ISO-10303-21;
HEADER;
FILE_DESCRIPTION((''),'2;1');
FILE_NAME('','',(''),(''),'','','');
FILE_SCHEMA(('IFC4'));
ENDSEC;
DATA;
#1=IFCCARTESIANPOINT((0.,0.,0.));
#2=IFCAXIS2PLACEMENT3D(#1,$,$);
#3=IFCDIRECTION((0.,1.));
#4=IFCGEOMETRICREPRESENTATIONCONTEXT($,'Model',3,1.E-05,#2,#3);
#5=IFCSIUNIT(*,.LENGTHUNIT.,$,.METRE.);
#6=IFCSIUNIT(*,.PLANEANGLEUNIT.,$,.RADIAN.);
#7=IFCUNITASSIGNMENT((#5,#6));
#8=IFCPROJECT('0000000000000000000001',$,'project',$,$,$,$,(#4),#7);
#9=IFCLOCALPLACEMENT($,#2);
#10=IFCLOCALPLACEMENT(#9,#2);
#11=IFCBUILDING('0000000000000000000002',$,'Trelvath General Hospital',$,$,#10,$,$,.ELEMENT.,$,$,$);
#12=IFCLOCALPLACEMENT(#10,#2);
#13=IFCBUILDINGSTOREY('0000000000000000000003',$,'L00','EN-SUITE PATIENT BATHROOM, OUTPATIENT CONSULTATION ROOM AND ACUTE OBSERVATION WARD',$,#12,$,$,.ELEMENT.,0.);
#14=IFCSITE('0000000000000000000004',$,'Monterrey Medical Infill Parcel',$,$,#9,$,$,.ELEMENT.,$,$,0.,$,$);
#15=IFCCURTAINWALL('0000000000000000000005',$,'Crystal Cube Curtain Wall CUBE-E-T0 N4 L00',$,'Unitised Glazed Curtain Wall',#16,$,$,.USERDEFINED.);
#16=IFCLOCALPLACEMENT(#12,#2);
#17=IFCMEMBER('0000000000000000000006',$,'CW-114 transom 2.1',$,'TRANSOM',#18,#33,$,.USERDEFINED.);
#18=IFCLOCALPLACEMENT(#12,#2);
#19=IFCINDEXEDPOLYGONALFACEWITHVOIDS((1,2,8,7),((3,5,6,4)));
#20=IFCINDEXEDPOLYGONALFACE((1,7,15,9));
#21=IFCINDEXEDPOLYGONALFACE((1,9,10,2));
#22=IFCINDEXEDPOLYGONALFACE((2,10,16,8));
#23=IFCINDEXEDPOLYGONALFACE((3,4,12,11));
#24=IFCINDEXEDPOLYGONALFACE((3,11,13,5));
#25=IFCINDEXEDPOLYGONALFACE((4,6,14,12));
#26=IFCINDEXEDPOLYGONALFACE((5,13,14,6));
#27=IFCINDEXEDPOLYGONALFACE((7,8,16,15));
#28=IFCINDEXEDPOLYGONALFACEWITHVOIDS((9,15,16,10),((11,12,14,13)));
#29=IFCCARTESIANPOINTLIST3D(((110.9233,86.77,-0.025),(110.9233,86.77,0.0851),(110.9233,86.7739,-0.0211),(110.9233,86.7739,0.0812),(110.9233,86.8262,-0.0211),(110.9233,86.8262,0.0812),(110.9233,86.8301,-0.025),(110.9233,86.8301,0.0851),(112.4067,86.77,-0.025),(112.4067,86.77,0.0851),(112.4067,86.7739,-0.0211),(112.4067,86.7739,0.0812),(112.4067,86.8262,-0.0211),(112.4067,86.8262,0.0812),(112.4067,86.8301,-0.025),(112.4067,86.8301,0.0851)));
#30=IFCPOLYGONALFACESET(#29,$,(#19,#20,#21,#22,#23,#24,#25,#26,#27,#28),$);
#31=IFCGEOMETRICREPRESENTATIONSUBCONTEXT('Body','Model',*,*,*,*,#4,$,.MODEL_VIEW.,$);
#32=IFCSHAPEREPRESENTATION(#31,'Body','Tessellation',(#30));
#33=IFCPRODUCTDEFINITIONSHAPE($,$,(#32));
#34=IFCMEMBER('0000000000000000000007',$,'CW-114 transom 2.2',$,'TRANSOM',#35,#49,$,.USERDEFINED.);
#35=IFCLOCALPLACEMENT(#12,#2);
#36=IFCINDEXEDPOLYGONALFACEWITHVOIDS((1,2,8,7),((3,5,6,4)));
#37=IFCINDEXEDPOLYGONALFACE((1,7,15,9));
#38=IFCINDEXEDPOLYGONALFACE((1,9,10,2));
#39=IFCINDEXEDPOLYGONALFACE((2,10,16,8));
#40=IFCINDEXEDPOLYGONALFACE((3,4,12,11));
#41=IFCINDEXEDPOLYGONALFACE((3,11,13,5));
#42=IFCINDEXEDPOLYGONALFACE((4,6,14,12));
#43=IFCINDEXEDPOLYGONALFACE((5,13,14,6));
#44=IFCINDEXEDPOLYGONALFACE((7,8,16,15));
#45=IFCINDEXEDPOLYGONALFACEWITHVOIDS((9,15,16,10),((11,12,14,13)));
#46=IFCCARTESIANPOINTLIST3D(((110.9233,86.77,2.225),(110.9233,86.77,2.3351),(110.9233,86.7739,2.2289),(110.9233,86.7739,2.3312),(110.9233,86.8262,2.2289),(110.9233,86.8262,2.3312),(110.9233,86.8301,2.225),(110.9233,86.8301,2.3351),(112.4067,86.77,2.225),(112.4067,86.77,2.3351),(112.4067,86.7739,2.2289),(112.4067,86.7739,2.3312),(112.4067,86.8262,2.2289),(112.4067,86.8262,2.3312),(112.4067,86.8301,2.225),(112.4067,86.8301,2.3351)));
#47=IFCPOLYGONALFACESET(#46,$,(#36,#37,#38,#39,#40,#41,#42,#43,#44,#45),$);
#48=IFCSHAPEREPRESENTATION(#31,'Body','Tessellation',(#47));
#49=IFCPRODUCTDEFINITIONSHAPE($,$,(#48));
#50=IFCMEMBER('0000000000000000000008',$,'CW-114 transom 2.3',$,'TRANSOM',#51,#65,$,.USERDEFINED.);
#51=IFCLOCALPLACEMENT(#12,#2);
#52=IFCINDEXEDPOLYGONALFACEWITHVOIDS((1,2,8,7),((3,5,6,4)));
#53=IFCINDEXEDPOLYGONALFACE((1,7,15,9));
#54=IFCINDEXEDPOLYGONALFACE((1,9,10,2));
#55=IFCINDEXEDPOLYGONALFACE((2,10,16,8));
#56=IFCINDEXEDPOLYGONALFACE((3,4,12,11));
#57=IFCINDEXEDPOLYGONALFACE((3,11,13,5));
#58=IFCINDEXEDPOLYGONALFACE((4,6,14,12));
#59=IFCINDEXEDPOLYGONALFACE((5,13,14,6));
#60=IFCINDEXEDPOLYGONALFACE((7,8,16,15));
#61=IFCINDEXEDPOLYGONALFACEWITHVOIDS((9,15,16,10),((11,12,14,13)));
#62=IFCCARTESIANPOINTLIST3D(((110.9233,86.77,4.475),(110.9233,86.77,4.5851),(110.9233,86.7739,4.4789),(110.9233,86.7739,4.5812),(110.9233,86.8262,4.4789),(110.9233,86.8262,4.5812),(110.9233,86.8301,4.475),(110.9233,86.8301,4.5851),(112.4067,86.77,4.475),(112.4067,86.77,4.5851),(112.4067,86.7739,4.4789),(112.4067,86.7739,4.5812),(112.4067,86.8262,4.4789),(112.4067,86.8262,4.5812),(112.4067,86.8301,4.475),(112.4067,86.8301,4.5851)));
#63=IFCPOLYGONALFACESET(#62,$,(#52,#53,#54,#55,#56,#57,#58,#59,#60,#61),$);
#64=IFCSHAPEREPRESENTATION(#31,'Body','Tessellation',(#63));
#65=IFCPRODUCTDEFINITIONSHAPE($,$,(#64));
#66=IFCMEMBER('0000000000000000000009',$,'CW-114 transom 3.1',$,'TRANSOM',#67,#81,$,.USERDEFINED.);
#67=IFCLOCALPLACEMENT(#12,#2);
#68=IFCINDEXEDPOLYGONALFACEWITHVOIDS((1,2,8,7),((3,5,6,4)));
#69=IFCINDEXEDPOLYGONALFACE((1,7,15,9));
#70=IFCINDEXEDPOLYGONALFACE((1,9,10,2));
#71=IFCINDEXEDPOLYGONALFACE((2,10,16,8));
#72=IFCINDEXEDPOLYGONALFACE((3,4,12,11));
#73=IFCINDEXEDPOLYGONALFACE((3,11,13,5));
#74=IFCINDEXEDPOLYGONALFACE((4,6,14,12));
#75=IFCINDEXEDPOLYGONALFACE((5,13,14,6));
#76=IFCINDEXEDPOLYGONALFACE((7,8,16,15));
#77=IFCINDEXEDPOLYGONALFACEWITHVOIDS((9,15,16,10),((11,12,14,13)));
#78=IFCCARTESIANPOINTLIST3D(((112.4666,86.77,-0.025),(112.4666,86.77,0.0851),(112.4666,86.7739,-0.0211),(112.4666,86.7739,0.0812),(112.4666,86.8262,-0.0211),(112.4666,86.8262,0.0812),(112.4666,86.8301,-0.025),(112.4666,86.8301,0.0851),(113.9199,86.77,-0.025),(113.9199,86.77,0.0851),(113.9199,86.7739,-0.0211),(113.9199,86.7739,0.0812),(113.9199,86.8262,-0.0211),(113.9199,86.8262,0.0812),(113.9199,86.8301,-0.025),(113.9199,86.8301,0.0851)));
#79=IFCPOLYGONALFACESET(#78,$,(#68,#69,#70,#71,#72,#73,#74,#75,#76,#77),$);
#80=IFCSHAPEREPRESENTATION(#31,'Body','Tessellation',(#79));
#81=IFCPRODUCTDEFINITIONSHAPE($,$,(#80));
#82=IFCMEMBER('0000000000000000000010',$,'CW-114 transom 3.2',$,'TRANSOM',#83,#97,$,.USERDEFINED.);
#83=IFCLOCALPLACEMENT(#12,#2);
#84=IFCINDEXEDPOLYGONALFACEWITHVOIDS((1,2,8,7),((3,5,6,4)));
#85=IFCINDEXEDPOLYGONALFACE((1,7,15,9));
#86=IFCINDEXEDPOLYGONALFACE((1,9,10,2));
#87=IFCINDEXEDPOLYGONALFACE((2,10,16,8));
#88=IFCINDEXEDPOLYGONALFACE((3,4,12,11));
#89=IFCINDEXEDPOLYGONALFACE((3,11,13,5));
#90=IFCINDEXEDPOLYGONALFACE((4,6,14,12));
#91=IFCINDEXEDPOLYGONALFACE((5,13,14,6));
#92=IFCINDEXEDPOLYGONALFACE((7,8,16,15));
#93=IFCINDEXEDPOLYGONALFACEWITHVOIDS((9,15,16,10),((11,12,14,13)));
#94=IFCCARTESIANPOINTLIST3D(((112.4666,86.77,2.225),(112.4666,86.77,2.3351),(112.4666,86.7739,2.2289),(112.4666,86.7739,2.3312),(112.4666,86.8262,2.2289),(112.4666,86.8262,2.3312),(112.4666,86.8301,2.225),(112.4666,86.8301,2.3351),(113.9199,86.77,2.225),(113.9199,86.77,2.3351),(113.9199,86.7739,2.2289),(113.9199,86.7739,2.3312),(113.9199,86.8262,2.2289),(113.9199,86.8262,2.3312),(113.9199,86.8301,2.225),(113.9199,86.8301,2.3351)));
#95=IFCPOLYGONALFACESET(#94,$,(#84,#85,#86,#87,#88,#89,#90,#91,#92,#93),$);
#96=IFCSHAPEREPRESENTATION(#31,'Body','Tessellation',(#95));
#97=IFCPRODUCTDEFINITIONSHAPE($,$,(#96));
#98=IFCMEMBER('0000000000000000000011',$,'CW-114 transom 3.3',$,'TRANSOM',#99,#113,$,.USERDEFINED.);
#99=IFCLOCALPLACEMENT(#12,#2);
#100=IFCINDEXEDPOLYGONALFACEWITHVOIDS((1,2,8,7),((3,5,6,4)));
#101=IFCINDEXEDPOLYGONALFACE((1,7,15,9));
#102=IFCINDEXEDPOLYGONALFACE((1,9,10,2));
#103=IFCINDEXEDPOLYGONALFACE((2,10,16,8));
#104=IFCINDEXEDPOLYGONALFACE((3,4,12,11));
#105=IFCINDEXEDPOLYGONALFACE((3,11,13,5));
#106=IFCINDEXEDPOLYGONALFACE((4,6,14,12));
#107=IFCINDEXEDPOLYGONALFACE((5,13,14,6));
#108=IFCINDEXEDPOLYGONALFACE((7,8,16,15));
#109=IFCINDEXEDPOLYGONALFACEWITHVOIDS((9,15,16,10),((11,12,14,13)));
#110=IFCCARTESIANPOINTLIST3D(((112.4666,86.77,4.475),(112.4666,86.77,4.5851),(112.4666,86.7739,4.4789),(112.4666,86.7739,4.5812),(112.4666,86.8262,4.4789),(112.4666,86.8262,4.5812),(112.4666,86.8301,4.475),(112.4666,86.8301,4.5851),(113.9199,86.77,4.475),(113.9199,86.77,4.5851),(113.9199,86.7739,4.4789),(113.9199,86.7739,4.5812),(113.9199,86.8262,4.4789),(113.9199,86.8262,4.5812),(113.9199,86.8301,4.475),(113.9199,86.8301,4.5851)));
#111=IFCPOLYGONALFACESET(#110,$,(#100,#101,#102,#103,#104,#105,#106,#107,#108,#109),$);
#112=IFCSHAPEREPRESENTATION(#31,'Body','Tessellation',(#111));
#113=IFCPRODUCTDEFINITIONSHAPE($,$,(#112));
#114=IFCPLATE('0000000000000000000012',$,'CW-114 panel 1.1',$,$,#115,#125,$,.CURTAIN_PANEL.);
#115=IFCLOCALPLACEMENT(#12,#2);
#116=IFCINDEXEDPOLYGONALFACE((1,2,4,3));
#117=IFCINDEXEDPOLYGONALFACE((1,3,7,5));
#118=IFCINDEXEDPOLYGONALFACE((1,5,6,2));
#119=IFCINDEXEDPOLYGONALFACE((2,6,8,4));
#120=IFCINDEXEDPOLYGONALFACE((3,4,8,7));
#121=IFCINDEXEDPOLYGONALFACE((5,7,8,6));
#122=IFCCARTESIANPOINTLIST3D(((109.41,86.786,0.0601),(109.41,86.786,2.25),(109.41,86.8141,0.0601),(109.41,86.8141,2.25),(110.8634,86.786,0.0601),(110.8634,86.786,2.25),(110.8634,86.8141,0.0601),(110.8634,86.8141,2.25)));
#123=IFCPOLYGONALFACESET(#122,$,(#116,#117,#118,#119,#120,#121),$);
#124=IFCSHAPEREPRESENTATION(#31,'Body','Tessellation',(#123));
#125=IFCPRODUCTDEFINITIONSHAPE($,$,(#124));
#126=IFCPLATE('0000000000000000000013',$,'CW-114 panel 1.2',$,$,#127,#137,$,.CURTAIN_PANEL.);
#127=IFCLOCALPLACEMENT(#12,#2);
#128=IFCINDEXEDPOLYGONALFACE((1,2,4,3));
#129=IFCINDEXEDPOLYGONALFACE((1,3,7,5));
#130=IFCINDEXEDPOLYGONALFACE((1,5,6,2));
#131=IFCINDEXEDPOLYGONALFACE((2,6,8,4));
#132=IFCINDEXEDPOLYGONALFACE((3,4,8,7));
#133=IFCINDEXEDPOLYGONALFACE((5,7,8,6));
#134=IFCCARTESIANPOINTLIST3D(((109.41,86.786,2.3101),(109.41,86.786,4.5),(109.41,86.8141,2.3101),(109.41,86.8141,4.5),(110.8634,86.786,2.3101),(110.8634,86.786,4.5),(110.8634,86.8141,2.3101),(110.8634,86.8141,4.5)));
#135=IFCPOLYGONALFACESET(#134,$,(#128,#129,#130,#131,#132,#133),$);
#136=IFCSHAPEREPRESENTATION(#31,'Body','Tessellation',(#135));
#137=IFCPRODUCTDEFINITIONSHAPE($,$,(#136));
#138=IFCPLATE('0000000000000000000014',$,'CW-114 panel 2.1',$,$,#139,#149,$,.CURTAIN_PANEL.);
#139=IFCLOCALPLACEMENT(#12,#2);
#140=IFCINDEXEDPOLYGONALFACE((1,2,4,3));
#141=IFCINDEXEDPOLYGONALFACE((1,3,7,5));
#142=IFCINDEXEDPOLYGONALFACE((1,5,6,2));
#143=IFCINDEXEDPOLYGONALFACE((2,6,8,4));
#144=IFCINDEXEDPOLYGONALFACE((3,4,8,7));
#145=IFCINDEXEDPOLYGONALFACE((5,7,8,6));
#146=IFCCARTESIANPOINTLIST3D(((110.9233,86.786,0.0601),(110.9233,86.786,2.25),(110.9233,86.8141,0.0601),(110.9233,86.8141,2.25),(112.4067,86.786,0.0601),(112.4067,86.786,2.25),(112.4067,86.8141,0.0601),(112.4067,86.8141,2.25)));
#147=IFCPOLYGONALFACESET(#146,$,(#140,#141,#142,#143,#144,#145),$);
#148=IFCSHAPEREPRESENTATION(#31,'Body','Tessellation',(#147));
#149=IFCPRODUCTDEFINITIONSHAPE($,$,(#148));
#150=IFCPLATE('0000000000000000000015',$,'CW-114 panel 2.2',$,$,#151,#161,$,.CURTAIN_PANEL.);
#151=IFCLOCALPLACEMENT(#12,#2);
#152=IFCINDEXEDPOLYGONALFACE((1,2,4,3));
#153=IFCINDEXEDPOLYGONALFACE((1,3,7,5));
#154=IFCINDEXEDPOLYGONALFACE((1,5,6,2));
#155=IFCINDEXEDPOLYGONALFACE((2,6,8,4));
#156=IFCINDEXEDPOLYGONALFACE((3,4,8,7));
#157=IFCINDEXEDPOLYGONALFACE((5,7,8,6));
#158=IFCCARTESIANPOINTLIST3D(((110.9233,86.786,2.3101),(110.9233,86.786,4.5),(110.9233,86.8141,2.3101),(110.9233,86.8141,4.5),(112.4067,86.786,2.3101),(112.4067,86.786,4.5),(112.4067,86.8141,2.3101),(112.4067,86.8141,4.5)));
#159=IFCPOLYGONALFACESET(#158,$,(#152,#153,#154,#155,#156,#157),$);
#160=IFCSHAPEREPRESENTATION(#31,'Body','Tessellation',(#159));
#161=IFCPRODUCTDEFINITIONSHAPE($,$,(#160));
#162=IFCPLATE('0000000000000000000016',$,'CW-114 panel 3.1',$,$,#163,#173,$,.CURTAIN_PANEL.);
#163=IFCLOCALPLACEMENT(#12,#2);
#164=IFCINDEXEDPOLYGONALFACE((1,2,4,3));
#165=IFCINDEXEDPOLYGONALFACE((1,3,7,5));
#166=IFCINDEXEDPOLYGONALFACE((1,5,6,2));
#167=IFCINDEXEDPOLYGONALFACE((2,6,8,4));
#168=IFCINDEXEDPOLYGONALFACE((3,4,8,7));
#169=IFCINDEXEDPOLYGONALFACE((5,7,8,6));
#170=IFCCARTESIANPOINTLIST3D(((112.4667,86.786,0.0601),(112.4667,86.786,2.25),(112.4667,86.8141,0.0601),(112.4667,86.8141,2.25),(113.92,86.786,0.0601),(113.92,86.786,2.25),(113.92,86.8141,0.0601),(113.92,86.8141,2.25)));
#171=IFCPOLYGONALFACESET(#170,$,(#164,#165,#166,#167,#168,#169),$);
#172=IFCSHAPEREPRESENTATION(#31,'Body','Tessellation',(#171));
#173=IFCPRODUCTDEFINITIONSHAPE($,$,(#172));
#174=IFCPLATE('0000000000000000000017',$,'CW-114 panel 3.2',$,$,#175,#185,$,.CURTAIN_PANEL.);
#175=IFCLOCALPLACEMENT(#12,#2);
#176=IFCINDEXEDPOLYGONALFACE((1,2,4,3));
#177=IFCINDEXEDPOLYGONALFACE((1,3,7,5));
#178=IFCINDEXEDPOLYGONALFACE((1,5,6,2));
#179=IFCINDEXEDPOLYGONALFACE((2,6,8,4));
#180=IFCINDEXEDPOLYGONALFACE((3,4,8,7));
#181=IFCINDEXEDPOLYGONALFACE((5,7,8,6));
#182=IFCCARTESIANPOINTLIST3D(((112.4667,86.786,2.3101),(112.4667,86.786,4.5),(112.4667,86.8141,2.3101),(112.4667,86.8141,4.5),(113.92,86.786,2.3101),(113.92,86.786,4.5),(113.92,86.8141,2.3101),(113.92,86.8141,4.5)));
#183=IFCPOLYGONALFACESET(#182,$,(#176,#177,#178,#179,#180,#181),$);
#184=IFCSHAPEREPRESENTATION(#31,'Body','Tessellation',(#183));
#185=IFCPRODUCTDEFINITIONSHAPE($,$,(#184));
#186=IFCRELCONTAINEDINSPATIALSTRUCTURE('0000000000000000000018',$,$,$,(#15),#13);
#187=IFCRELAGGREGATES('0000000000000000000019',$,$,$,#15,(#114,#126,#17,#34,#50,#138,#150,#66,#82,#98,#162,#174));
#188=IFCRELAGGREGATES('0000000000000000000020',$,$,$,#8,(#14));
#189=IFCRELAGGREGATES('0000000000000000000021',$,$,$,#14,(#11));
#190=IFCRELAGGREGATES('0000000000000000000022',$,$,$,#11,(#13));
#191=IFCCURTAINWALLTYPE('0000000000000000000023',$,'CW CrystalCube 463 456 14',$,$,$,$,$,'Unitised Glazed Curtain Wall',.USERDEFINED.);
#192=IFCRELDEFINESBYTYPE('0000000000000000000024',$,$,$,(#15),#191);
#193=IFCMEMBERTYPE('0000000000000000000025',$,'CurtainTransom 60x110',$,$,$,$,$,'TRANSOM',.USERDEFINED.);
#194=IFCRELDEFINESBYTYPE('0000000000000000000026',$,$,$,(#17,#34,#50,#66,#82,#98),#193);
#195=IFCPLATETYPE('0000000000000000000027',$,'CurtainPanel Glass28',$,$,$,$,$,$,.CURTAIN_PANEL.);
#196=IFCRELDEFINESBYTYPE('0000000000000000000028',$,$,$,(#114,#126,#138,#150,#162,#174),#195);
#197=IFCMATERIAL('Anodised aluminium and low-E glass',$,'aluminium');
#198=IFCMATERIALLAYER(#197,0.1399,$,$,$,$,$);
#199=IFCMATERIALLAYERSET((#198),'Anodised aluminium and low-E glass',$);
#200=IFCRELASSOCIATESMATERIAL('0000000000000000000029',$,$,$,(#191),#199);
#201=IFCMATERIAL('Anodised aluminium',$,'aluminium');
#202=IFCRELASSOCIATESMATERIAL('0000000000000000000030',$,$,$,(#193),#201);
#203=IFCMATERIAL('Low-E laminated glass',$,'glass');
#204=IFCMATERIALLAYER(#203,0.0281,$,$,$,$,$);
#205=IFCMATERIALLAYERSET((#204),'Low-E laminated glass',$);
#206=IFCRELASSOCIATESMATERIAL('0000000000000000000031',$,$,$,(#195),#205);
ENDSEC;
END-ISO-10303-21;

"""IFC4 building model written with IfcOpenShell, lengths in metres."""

from ifc_helpers import new_model, si_unit, direction, frame, origin, origin_2d, place, context, subcontext, project, spatial, rectangle, hollow_rectangle, extrude, material, layer, layer_set, material_profile, profile_set, type_object, element, aggregate, save


model = new_model("IFC4")

# Units and contexts
model_context = context("Model", 3, precision=1e-05, world=origin(), true_north=direction((0.0, 1.0)))
body_context = subcontext(model_context, "Body", "Model", "MODEL_VIEW")
ifc_project = project(units=[si_unit("LENGTHUNIT", "METRE"), si_unit("PLANEANGLEUNIT", "RADIAN")], contexts=[model_context])

# Site, building, storey
site_placement = place(None, origin())
site = spatial("IfcSite", under=ifc_project, at=site_placement, Name="Monterrey Medical Infill Parcel", CompositionType="ELEMENT", RefElevation=0.0)
building_placement = place(site_placement, origin())
building = spatial("IfcBuilding", under=site, at=building_placement, Name="Trelvath General Hospital", CompositionType="ELEMENT")
storey_placement = place(building_placement, origin())
storey = spatial("IfcBuildingStorey", under=building, at=storey_placement, Name="L00", Description="EN-SUITE PATIENT BATHROOM, OUTPATIENT CONSULTATION ROOM AND ACUTE OBSERVATION WARD", CompositionType="ELEMENT", Elevation=0.0)

# Curtain wall, members, plates
ifc_material_1 = material(Name="Anodised aluminium and low-E glass", Category="aluminium")
ifc_layer_1 = layer(ifc_material_1, 0.1399)
ifc_layer_set_1 = layer_set([ifc_layer_1], Name="Anodised aluminium and low-E glass")
curtain_wall_type = type_object("IfcCurtainWallType", Name="CW CrystalCube 463 456 14", ElementType="Unitised Glazed Curtain Wall", PredefinedType="USERDEFINED", material=ifc_layer_set_1)
curtain_wall_placement = place(storey_placement, origin())
curtain_wall = element("IfcCurtainWall", 1, at=curtain_wall_placement, inside=storey, type_object=curtain_wall_type, Name="Crystal Cube Curtain Wall CUBE-E-T0 N4 L00", ObjectType="Unitised Glazed Curtain Wall", PredefinedType="USERDEFINED")
ifc_material_2 = material(Name="Anodised aluminium", Category="aluminium")
ifc_material_profile_1 = material_profile(ifc_material_2, hollow_rectangle(XDim=0.0601, YDim=0.1101, WallThickness=0.0039, at=origin_2d()), Name="RHS60x110x4")
ifc_profile_set_1 = profile_set([ifc_material_profile_1], Name="Anodised aluminium")
member_type_1 = type_object("IfcMemberType", Name="CurtainTransom 60x110", ElementType="TRANSOM", PredefinedType="USERDEFINED", material=ifc_profile_set_1)
member_1_placement = place(storey_placement, frame((110.9233, 86.8, 0.03), z_axis=(1.0, 0.0, 0.0), x_axis=(0.0, 1.0, 0.0)))
member_1 = element("IfcMember", 2, at=member_1_placement, type_object=member_type_1, Name="CW-114 transom 2.1", ObjectType="TRANSOM", PredefinedType="USERDEFINED", context=body_context, shape_type="SweptSolid", body=[
    extrude(hollow_rectangle(XDim=0.0601, YDim=0.1101, WallThickness=0.0039, at=origin_2d()), origin(), (0.0, 0.0, 1.0), 1.4834),
])
member_2_placement = place(storey_placement, frame((110.9233, 86.8, 2.28), z_axis=(1.0, 0.0, 0.0), x_axis=(0.0, 1.0, 0.0)))
member_2 = element("IfcMember", 3, at=member_2_placement, type_object=member_type_1, Name="CW-114 transom 2.2", ObjectType="TRANSOM", PredefinedType="USERDEFINED", context=body_context, shape_type="SweptSolid", body=[
    extrude(hollow_rectangle(XDim=0.0601, YDim=0.1101, WallThickness=0.0039, at=origin_2d()), origin(), (0.0, 0.0, 1.0), 1.4834),
])
member_3_placement = place(storey_placement, frame((110.9233, 86.8, 4.53), z_axis=(1.0, 0.0, 0.0), x_axis=(0.0, 1.0, 0.0)))
member_3 = element("IfcMember", 4, at=member_3_placement, type_object=member_type_1, Name="CW-114 transom 2.3", ObjectType="TRANSOM", PredefinedType="USERDEFINED", context=body_context, shape_type="SweptSolid", body=[
    extrude(hollow_rectangle(XDim=0.0601, YDim=0.1101, WallThickness=0.0039, at=origin_2d()), origin(), (0.0, 0.0, 1.0), 1.4834),
])
member_4_placement = place(storey_placement, frame((112.4666, 86.8, 0.03), z_axis=(1.0, 0.0, 0.0), x_axis=(0.0, 1.0, 0.0)))
member_4 = element("IfcMember", 5, at=member_4_placement, type_object=member_type_1, Name="CW-114 transom 3.1", ObjectType="TRANSOM", PredefinedType="USERDEFINED", context=body_context, shape_type="SweptSolid", body=[
    extrude(hollow_rectangle(XDim=0.0601, YDim=0.1101, WallThickness=0.0039, at=origin_2d()), origin(), (0.0, 0.0, 1.0), 1.4534),
])
member_5_placement = place(storey_placement, frame((112.4666, 86.8, 2.28), z_axis=(1.0, 0.0, 0.0), x_axis=(0.0, 1.0, 0.0)))
member_5 = element("IfcMember", 6, at=member_5_placement, type_object=member_type_1, Name="CW-114 transom 3.2", ObjectType="TRANSOM", PredefinedType="USERDEFINED", context=body_context, shape_type="SweptSolid", body=[
    extrude(hollow_rectangle(XDim=0.0601, YDim=0.1101, WallThickness=0.0039, at=origin_2d()), origin(), (0.0, 0.0, 1.0), 1.4534),
])
member_6_placement = place(storey_placement, frame((112.4666, 86.8, 4.53), z_axis=(1.0, 0.0, 0.0), x_axis=(0.0, 1.0, 0.0)))
member_6 = element("IfcMember", 7, at=member_6_placement, type_object=member_type_1, Name="CW-114 transom 3.3", ObjectType="TRANSOM", PredefinedType="USERDEFINED", context=body_context, shape_type="SweptSolid", body=[
    extrude(hollow_rectangle(XDim=0.0601, YDim=0.1101, WallThickness=0.0039, at=origin_2d()), origin(), (0.0, 0.0, 1.0), 1.4534),
])
ifc_material_3 = material(Name="Low-E laminated glass", Category="glass")
ifc_layer_2 = layer(ifc_material_3, 0.0281)
ifc_layer_set_2 = layer_set([ifc_layer_2], Name="Low-E laminated glass")
plate_type = type_object("IfcPlateType", Name="CurtainPanel Glass28", PredefinedType="CURTAIN_PANEL", material=ifc_layer_set_2)
plate_1_placement = place(storey_placement, frame((110.1367, 86.8, 0.0601), z_axis=(0.0, 0.0, 1.0), x_axis=(1.0, 0.0, 0.0)))
plate_1 = element("IfcPlate", 8, at=plate_1_placement, type_object=plate_type, Name="CW-114 panel 1.1", PredefinedType="CURTAIN_PANEL", context=body_context, shape_type="SweptSolid", body=[
    extrude(rectangle(XDim=1.4534, YDim=0.0281, at=origin_2d()), origin(), (0.0, 0.0, 1.0), 2.1899),
])
plate_2_placement = place(storey_placement, frame((110.1367, 86.8, 2.3101), z_axis=(0.0, 0.0, 1.0), x_axis=(1.0, 0.0, 0.0)))
plate_2 = element("IfcPlate", 9, at=plate_2_placement, type_object=plate_type, Name="CW-114 panel 1.2", PredefinedType="CURTAIN_PANEL", context=body_context, shape_type="SweptSolid", body=[
    extrude(rectangle(XDim=1.4534, YDim=0.0281, at=origin_2d()), origin(), (0.0, 0.0, 1.0), 2.1899),
])
plate_3_placement = place(storey_placement, frame((111.665, 86.8, 0.0601), z_axis=(0.0, 0.0, 1.0), x_axis=(1.0, 0.0, 0.0)))
plate_3 = element("IfcPlate", 10, at=plate_3_placement, type_object=plate_type, Name="CW-114 panel 2.1", PredefinedType="CURTAIN_PANEL", context=body_context, shape_type="SweptSolid", body=[
    extrude(rectangle(XDim=1.4834, YDim=0.0281, at=origin_2d()), origin(), (0.0, 0.0, 1.0), 2.1899),
])
plate_4_placement = place(storey_placement, frame((111.665, 86.8, 2.3101), z_axis=(0.0, 0.0, 1.0), x_axis=(1.0, 0.0, 0.0)))
plate_4 = element("IfcPlate", 11, at=plate_4_placement, type_object=plate_type, Name="CW-114 panel 2.2", PredefinedType="CURTAIN_PANEL", context=body_context, shape_type="SweptSolid", body=[
    extrude(rectangle(XDim=1.4834, YDim=0.0281, at=origin_2d()), origin(), (0.0, 0.0, 1.0), 2.1899),
])
plate_5_placement = place(storey_placement, frame((113.1934, 86.8, 0.0601), z_axis=(0.0, 0.0, 1.0), x_axis=(1.0, 0.0, 0.0)))
plate_5 = element("IfcPlate", 12, at=plate_5_placement, type_object=plate_type, Name="CW-114 panel 3.1", PredefinedType="CURTAIN_PANEL", context=body_context, shape_type="SweptSolid", body=[
    extrude(rectangle(XDim=1.4534, YDim=0.0281, at=origin_2d()), origin(), (0.0, 0.0, 1.0), 2.1899),
])
plate_6_placement = place(storey_placement, frame((113.1934, 86.8, 2.3101), z_axis=(0.0, 0.0, 1.0), x_axis=(1.0, 0.0, 0.0)))
plate_6 = element("IfcPlate", 13, at=plate_6_placement, type_object=plate_type, Name="CW-114 panel 3.2", PredefinedType="CURTAIN_PANEL", context=body_context, shape_type="SweptSolid", body=[
    extrude(rectangle(XDim=1.4534, YDim=0.0281, at=origin_2d()), origin(), (0.0, 0.0, 1.0), 2.1899),
])
aggregate(curtain_wall, [plate_1, plate_2, member_1, member_2, member_3, plate_3, plate_4, member_4, member_5, member_6, plate_5, plate_6])

save(model, "model.ifc")
